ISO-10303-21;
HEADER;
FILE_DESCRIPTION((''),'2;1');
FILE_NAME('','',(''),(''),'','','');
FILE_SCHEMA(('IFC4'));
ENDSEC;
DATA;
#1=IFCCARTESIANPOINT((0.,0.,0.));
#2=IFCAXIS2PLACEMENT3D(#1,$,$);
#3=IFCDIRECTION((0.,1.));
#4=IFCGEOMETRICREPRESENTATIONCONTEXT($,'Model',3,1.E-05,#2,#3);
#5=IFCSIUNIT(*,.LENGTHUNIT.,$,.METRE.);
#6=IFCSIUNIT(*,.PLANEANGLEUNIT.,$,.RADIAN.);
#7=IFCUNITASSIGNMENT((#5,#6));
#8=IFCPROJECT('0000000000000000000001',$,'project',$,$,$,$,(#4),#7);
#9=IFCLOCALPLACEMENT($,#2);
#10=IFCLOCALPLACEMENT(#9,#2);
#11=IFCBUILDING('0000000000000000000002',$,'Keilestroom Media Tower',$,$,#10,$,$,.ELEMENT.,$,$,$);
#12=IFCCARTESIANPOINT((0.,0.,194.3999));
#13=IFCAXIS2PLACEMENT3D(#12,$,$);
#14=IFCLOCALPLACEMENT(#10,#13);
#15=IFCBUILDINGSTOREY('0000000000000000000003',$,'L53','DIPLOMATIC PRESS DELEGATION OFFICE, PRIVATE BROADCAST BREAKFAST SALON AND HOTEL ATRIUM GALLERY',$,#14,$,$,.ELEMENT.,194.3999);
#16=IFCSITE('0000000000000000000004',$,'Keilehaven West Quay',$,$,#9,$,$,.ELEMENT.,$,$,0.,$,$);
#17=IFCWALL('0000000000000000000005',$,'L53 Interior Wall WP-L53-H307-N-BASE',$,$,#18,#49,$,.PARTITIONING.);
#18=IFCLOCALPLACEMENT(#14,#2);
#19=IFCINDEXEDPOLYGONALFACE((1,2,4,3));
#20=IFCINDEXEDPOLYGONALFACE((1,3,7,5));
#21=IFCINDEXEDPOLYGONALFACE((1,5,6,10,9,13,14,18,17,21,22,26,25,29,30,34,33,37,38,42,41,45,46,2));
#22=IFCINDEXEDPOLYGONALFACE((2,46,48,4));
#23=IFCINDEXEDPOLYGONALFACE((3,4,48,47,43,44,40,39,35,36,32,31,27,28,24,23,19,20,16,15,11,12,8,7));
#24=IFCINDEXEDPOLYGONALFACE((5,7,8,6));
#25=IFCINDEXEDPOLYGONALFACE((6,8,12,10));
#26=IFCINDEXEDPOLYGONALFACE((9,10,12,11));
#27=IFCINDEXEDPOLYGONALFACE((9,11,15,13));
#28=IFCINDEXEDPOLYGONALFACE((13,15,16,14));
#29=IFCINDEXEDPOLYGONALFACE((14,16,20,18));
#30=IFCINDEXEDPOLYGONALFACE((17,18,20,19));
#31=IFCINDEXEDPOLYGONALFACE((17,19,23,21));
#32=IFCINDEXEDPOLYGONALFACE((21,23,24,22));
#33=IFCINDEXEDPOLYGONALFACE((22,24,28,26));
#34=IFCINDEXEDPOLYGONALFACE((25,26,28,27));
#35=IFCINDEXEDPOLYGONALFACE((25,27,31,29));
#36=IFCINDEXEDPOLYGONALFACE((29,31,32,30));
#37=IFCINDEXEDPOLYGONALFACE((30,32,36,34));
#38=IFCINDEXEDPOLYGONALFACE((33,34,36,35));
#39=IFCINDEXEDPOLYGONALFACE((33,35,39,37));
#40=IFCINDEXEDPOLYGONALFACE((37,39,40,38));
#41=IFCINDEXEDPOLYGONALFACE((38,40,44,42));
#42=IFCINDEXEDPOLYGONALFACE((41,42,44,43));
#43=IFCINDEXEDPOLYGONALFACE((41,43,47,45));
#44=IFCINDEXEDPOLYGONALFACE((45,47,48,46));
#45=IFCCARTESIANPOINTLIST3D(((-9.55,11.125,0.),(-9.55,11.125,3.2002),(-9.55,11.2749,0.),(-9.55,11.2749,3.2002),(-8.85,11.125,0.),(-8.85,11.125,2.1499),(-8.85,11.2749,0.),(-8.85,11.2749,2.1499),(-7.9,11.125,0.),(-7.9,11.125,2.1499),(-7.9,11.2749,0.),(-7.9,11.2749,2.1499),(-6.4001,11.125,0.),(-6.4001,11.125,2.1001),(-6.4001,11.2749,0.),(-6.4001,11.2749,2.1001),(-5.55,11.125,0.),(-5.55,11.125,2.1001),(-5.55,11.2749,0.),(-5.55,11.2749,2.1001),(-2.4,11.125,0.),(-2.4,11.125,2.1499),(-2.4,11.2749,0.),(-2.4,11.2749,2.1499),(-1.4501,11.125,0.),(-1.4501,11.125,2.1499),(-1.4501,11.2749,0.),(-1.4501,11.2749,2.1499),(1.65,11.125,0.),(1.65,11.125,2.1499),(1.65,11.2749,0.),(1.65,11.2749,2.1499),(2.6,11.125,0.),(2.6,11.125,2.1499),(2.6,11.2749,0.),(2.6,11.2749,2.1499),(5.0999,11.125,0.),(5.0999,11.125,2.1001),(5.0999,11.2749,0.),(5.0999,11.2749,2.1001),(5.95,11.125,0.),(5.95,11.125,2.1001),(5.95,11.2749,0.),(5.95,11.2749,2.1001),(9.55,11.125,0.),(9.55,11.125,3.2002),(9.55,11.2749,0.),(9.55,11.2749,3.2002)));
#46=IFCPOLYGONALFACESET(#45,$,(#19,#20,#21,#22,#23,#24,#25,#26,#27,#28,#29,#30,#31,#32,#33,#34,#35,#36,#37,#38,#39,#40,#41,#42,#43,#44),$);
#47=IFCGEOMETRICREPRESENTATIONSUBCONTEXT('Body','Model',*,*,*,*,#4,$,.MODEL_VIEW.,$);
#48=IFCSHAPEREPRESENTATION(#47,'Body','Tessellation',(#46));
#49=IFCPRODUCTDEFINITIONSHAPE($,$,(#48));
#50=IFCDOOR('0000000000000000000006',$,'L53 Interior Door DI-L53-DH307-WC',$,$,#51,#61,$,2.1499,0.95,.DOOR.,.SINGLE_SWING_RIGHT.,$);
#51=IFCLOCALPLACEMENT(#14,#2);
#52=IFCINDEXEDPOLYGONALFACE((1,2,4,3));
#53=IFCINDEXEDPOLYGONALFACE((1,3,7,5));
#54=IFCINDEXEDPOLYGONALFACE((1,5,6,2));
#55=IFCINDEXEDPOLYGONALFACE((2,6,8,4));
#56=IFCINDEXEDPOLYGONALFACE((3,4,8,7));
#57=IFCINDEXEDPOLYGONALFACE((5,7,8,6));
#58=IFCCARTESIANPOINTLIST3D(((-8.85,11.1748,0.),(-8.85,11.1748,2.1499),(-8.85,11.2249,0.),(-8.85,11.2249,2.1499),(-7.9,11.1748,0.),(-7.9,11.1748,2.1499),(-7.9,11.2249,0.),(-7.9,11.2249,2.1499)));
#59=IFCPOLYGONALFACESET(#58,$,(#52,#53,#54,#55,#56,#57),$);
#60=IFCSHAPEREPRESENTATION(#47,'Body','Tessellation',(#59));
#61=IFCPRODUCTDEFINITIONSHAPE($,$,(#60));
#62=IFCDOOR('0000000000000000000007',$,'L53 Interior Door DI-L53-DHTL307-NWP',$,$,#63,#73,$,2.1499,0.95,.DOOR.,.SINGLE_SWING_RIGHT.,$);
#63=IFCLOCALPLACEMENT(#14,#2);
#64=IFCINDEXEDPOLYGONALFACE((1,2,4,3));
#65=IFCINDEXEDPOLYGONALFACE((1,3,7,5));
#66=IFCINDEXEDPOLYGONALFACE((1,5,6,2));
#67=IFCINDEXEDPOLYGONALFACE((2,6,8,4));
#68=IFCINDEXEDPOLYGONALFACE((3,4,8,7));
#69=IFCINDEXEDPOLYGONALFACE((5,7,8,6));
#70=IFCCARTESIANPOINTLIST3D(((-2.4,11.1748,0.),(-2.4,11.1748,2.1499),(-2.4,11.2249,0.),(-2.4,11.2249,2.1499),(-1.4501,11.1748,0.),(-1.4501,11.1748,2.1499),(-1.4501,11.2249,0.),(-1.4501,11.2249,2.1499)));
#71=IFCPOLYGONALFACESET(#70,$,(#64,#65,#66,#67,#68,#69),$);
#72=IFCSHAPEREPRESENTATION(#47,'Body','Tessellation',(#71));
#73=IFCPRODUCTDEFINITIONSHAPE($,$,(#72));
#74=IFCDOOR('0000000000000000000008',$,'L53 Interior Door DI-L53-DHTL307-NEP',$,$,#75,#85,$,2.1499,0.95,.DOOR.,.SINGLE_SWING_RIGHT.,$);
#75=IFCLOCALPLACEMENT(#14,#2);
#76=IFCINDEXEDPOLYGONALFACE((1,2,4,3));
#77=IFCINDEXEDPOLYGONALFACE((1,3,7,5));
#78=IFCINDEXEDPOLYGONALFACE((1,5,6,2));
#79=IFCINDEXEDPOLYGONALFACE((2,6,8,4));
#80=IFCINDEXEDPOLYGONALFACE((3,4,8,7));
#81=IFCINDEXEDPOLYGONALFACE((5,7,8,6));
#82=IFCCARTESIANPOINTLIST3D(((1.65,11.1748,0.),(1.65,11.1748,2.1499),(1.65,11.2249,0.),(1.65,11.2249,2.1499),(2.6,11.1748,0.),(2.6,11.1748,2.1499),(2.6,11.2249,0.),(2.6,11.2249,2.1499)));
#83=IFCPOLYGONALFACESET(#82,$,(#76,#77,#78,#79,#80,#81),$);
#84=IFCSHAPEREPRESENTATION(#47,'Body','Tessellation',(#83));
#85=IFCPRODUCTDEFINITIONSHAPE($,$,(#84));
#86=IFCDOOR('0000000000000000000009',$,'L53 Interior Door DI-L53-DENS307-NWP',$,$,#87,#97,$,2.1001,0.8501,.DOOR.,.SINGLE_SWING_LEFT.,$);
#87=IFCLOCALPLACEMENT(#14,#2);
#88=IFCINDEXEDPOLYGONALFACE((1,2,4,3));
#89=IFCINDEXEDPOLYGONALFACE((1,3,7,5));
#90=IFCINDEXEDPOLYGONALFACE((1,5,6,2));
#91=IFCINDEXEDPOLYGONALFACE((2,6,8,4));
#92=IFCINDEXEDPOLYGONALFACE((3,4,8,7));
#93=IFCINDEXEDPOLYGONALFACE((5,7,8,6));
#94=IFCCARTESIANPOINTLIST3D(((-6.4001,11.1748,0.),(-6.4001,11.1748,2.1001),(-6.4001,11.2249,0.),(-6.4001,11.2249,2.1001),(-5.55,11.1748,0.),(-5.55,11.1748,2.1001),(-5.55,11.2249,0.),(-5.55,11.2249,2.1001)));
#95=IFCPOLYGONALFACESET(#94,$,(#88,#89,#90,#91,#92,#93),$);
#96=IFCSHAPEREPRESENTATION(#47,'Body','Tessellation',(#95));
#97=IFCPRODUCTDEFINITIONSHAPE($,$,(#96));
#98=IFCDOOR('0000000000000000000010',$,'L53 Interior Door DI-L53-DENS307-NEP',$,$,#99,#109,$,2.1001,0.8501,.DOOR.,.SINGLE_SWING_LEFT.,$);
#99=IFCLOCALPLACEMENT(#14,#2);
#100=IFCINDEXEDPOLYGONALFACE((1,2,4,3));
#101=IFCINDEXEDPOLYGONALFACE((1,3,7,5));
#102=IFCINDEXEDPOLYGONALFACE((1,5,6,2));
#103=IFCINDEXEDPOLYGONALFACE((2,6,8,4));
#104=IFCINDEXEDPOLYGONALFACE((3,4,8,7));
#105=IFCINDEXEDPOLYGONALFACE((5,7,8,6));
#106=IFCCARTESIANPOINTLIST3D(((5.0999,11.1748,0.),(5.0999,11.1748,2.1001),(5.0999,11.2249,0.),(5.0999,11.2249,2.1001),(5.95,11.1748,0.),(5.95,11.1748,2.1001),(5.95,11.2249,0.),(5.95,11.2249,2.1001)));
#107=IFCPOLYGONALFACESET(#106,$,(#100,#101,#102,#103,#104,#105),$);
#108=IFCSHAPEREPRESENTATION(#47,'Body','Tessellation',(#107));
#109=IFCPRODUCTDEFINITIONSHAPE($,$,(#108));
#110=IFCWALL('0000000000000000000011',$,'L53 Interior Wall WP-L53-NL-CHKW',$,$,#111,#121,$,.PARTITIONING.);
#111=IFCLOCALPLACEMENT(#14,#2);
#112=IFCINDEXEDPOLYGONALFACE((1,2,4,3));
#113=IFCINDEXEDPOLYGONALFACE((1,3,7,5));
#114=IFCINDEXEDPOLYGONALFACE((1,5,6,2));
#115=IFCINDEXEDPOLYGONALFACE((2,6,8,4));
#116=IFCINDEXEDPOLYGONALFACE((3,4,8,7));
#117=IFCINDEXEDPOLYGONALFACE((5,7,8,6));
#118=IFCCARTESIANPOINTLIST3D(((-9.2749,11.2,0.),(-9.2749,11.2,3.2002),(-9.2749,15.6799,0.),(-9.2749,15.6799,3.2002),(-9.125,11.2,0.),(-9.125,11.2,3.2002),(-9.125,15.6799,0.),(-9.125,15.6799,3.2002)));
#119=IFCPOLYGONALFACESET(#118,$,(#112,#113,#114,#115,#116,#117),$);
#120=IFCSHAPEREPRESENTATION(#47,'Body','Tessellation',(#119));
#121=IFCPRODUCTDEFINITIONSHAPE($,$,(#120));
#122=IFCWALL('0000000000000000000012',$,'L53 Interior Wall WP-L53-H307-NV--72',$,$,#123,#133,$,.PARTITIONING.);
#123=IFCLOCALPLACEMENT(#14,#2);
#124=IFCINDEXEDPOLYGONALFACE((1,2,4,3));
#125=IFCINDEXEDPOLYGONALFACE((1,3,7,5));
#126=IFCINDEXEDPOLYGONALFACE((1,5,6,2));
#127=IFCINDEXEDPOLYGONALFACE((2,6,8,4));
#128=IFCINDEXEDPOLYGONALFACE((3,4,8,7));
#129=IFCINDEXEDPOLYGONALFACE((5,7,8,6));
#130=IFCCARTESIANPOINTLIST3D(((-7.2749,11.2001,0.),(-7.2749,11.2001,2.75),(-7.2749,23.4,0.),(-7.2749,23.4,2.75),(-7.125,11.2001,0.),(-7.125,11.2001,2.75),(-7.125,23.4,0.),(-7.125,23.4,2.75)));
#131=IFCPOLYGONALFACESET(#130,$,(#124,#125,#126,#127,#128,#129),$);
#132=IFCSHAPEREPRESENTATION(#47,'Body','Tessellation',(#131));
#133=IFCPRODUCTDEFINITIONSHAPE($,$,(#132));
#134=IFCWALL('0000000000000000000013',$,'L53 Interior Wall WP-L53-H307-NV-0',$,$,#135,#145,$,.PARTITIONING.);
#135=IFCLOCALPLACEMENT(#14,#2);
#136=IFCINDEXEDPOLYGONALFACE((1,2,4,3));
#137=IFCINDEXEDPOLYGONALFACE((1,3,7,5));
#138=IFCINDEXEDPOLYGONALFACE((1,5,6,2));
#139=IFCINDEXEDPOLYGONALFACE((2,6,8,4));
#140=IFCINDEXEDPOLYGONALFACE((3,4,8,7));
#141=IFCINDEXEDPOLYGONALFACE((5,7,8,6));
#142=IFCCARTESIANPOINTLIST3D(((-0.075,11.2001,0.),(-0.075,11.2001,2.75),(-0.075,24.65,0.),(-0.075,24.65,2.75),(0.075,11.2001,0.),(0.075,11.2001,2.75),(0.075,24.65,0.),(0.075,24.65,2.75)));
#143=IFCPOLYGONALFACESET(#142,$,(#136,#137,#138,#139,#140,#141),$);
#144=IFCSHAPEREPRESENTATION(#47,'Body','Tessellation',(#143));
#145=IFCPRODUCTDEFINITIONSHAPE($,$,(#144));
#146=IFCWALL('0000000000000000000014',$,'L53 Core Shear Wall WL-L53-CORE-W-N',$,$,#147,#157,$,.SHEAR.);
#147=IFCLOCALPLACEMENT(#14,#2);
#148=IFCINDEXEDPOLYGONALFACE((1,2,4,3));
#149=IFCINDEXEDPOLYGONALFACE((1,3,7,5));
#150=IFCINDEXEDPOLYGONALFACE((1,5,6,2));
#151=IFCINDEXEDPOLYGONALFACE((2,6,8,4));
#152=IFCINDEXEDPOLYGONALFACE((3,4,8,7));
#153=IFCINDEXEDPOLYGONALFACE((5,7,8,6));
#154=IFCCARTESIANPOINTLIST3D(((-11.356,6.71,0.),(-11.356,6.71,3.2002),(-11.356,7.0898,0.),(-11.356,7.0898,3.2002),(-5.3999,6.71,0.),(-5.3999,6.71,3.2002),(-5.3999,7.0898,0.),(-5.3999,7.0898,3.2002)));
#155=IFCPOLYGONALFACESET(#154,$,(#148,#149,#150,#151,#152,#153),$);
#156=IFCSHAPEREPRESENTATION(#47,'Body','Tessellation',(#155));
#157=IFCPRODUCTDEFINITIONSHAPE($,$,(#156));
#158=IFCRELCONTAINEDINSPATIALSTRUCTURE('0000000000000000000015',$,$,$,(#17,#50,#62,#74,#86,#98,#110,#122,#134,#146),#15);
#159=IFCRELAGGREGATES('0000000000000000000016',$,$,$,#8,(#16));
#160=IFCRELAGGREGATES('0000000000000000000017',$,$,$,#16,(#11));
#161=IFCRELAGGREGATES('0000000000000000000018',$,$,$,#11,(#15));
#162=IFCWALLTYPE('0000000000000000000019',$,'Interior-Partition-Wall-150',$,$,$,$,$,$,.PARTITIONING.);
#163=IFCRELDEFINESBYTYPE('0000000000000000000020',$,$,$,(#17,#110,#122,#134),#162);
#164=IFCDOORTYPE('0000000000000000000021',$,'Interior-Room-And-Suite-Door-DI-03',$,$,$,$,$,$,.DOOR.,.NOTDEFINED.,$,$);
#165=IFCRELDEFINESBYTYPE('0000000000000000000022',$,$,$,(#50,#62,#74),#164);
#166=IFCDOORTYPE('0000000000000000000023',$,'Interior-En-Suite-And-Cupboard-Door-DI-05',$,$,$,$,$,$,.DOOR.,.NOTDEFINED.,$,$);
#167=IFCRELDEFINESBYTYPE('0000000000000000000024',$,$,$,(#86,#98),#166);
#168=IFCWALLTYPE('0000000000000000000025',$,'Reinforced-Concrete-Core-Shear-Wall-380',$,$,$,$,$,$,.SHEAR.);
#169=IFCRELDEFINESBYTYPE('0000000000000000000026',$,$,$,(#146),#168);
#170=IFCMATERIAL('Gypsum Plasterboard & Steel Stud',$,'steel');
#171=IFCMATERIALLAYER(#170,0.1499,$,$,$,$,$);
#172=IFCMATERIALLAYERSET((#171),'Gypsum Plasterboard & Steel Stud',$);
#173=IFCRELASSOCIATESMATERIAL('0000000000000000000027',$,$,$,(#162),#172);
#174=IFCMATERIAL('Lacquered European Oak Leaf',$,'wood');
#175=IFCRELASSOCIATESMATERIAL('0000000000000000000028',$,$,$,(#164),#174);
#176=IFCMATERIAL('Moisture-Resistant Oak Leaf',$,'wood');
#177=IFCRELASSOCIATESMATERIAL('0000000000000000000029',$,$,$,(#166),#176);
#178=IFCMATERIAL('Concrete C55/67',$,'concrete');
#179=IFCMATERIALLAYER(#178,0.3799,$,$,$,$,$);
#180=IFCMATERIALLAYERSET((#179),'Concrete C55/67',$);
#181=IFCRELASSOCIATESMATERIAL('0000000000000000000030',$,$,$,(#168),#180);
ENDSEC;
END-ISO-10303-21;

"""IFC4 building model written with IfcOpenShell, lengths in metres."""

from ifc_helpers import new_model, si_unit, direction, frame, frame_2d, origin, place, context, subcontext, project, spatial, rectangle, extrude, source, transform, mapped, material, layer, layer_set, type_object, element, fill, save


model = new_model("IFC4")

# Units and contexts
model_context = context("Model", 3, precision=1e-05, world=origin(), true_north=direction((0.0, 1.0)))
body_context = subcontext(model_context, "Body", "Model", "MODEL_VIEW")
ifc_project = project(units=[si_unit("LENGTHUNIT", "METRE"), si_unit("PLANEANGLEUNIT", "RADIAN")], contexts=[model_context])

# Site, building, storey
site_placement = place(None, origin())
site = spatial("IfcSite", under=ifc_project, at=site_placement, Name="Keilehaven West Quay", CompositionType="ELEMENT", RefElevation=0.0)
building_placement = place(site_placement, origin())
building = spatial("IfcBuilding", under=site, at=building_placement, Name="Keilestroom Media Tower", CompositionType="ELEMENT")
storey_placement = place(building_placement, frame((0.0, 0.0, 194.3999)))
storey = spatial("IfcBuildingStorey", under=building, at=storey_placement, Name="L53", Description="DIPLOMATIC PRESS DELEGATION OFFICE, PRIVATE BROADCAST BREAKFAST SALON AND HOTEL ATRIUM GALLERY", CompositionType="ELEMENT", Elevation=194.3999)

# Shared definitions
ifc_material_1 = material(Name="Concrete C55/67", Category="concrete")

# Shared definitions
ifc_material_2 = material(Name="Gypsum Plasterboard & Steel Stud", Category="steel")

# Wall, openings, doors
ifc_layer_1 = layer(ifc_material_2, 0.1499)
ifc_layer_set_1 = layer_set([ifc_layer_1], Name="Gypsum Plasterboard & Steel Stud")
wall_type_1 = type_object("IfcWallType", Name="Interior-Partition-Wall-150", PredefinedType="PARTITIONING", material=ifc_layer_set_1)
wall_1_placement = place(storey_placement, frame((-9.55, 11.2, 0.0), z_axis=(0.0, 0.0, 1.0), x_axis=(1.0, 0.0, 0.0)))
wall_1 = element("IfcWall", 1, at=wall_1_placement, inside=storey, type_object=wall_type_1, Name="L53 Interior Wall WP-L53-H307-N-BASE", PredefinedType="PARTITIONING", context=body_context, shape_type="SweptSolid", body=[
    extrude(rectangle(XDim=19.1001, YDim=0.1499, at=frame_2d((9.55, 0.0))), origin(), (0.0, 0.0, 1.0), 3.2002),
])
opening_1_placement = place(wall_1_placement, frame((0.7, 0.0, 0.0)))
opening_1 = element("IfcOpeningElement", 2, at=opening_1_placement, cuts=wall_1, PredefinedType="OPENING", context=body_context, shape_type="SweptSolid", body=[
    extrude(rectangle(XDim=0.95, YDim=2.1499, at=frame_2d((0.4751, 1.075))), frame((0.0, 0.085, 0.0), z_axis=(0.0, -1.0, 0.0), x_axis=(1.0, 0.0, 0.0)), (0.0, 0.0, 1.0), 0.1699),
])
opening_2_placement = place(wall_1_placement, frame((3.1499, 0.0, 0.0)))
opening_2 = element("IfcOpeningElement", 3, at=opening_2_placement, cuts=wall_1, PredefinedType="OPENING", context=body_context, shape_type="SweptSolid", body=[
    extrude(rectangle(XDim=0.8501, YDim=2.1001, at=frame_2d((0.425, 1.05))), frame((0.0, 0.085, 0.0), z_axis=(0.0, -1.0, 0.0), x_axis=(1.0, 0.0, 0.0)), (0.0, 0.0, 1.0), 0.1699),
])
opening_3_placement = place(wall_1_placement, frame((7.1499, 0.0, 0.0)))
opening_3 = element("IfcOpeningElement", 4, at=opening_3_placement, cuts=wall_1, PredefinedType="OPENING", context=body_context, shape_type="SweptSolid", body=[
    extrude(rectangle(XDim=0.95, YDim=2.1499, at=frame_2d((0.4751, 1.075))), frame((0.0, 0.085, 0.0), z_axis=(0.0, -1.0, 0.0), x_axis=(1.0, 0.0, 0.0)), (0.0, 0.0, 1.0), 0.1699),
])
opening_4_placement = place(wall_1_placement, frame((14.6499, 0.0, 0.0)))
opening_4 = element("IfcOpeningElement", 5, at=opening_4_placement, cuts=wall_1, PredefinedType="OPENING", context=body_context, shape_type="SweptSolid", body=[
    extrude(rectangle(XDim=0.8501, YDim=2.1001, at=frame_2d((0.425, 1.05))), frame((0.0, 0.085, 0.0), z_axis=(0.0, -1.0, 0.0), x_axis=(1.0, 0.0, 0.0)), (0.0, 0.0, 1.0), 0.1699),
])
opening_5_placement = place(wall_1_placement, frame((11.2, 0.0, 0.0)))
opening_5 = element("IfcOpeningElement", 6, at=opening_5_placement, cuts=wall_1, PredefinedType="OPENING", context=body_context, shape_type="SweptSolid", body=[
    extrude(rectangle(XDim=0.95, YDim=2.1499, at=frame_2d((0.4751, 1.075))), frame((0.0, 0.085, 0.0), z_axis=(0.0, -1.0, 0.0), x_axis=(1.0, 0.0, 0.0)), (0.0, 0.0, 1.0), 0.1699),
])
ifc_material_3 = material(Name="Lacquered European Oak Leaf", Category="wood")
door_type_1 = type_object("IfcDoorType", Name="Interior-Room-And-Suite-Door-DI-03", OperationType="NOTDEFINED", PredefinedType="DOOR", material=ifc_material_3)
shared_shape_1 = source(origin(), body_context, "Body", "SweptSolid", [
    extrude(rectangle(XDim=0.95, YDim=2.1499, at=frame_2d((0.4751, 1.075))), frame((0.0, 0.0249, 0.0), z_axis=(0.0, -1.0, 0.0), x_axis=(1.0, 0.0, 0.0)), (0.0, 0.0, 1.0), 0.05),
])
door_1_placement = place(opening_1_placement, origin())
door_1 = element("IfcDoor", 7, at=door_1_placement, inside=storey, type_object=door_type_1, Name="L53 Interior Door DI-L53-DH307-WC", OperationType="SINGLE_SWING_RIGHT", OverallHeight=2.1499, OverallWidth=0.95, PredefinedType="DOOR", context=body_context, shape_type="MappedRepresentation", body=[
    mapped(shared_shape_1, transform((0.0, 0.0, 0.0), x_axis=(1.0, 0.0, 0.0), y_axis=(0.0, 1.0, 0.0), z_axis=(0.0, 0.0, 1.0), scale=1.0)),
])
fill(opening_1, door_1)
door_2_placement = place(opening_3_placement, origin())
door_2 = element("IfcDoor", 8, at=door_2_placement, inside=storey, type_object=door_type_1, Name="L53 Interior Door DI-L53-DHTL307-NWP", OperationType="SINGLE_SWING_RIGHT", OverallHeight=2.1499, OverallWidth=0.95, PredefinedType="DOOR", context=body_context, shape_type="MappedRepresentation", body=[
    mapped(shared_shape_1, transform((0.0, 0.0, 0.0), x_axis=(1.0, 0.0, 0.0), y_axis=(0.0, 1.0, 0.0), z_axis=(0.0, 0.0, 1.0), scale=1.0)),
])
fill(opening_3, door_2)
door_3_placement = place(opening_5_placement, origin())
door_3 = element("IfcDoor", 9, at=door_3_placement, inside=storey, type_object=door_type_1, Name="L53 Interior Door DI-L53-DHTL307-NEP", OperationType="SINGLE_SWING_RIGHT", OverallHeight=2.1499, OverallWidth=0.95, PredefinedType="DOOR", context=body_context, shape_type="MappedRepresentation", body=[
    mapped(shared_shape_1, transform((0.0, 0.0, 0.0), x_axis=(1.0, 0.0, 0.0), y_axis=(0.0, 1.0, 0.0), z_axis=(0.0, 0.0, 1.0), scale=1.0)),
])
fill(opening_5, door_3)
ifc_material_4 = material(Name="Moisture-Resistant Oak Leaf", Category="wood")
door_type_2 = type_object("IfcDoorType", Name="Interior-En-Suite-And-Cupboard-Door-DI-05", OperationType="NOTDEFINED", PredefinedType="DOOR", material=ifc_material_4)
shared_shape_2 = source(origin(), body_context, "Body", "SweptSolid", [
    extrude(rectangle(XDim=0.8501, YDim=2.1001, at=frame_2d((0.425, 1.05))), frame((0.0, 0.0249, 0.0), z_axis=(0.0, -1.0, 0.0), x_axis=(1.0, 0.0, 0.0)), (0.0, 0.0, 1.0), 0.05),
])
door_4_placement = place(opening_2_placement, origin())
door_4 = element("IfcDoor", 10, at=door_4_placement, inside=storey, type_object=door_type_2, Name="L53 Interior Door DI-L53-DENS307-NWP", OperationType="SINGLE_SWING_LEFT", OverallHeight=2.1001, OverallWidth=0.8501, PredefinedType="DOOR", context=body_context, shape_type="MappedRepresentation", body=[
    mapped(shared_shape_2, transform((0.0, 0.0, 0.0), x_axis=(1.0, 0.0, 0.0), y_axis=(0.0, 1.0, 0.0), z_axis=(0.0, 0.0, 1.0), scale=1.0)),
])
fill(opening_2, door_4)
door_5_placement = place(opening_4_placement, origin())
door_5 = element("IfcDoor", 11, at=door_5_placement, inside=storey, type_object=door_type_2, Name="L53 Interior Door DI-L53-DENS307-NEP", OperationType="SINGLE_SWING_LEFT", OverallHeight=2.1001, OverallWidth=0.8501, PredefinedType="DOOR", context=body_context, shape_type="MappedRepresentation", body=[
    mapped(shared_shape_2, transform((0.0, 0.0, 0.0), x_axis=(1.0, 0.0, 0.0), y_axis=(0.0, 1.0, 0.0), z_axis=(0.0, 0.0, 1.0), scale=1.0)),
])
fill(opening_4, door_5)

# Walls
wall_2_placement = place(storey_placement, frame((-9.2, 11.2, 0.0), z_axis=(0.0, 0.0, 1.0), x_axis=(0.0, 1.0, 0.0)))
element("IfcWall", 12, at=wall_2_placement, inside=storey, type_object=wall_type_1, Name="L53 Interior Wall WP-L53-NL-CHKW", PredefinedType="PARTITIONING", context=body_context, shape_type="SweptSolid", body=[
    extrude(rectangle(XDim=4.48, YDim=0.1499, at=frame_2d((2.24, 0.0))), origin(), (0.0, 0.0, 1.0), 3.2002),
])
wall_3_placement = place(storey_placement, frame((-7.2, 11.2, 0.0), z_axis=(0.0, 0.0, 1.0), x_axis=(0.0, 1.0, 0.0)))
element("IfcWall", 13, at=wall_3_placement, inside=storey, type_object=wall_type_1, Name="L53 Interior Wall WP-L53-H307-NV--72", PredefinedType="PARTITIONING", context=body_context, shape_type="SweptSolid", body=[
    extrude(rectangle(XDim=12.2, YDim=0.1499, at=frame_2d((6.1001, 0.0))), origin(), (0.0, 0.0, 1.0), 2.75),
])
wall_4_placement = place(storey_placement, frame((0.0, 11.2, 0.0), z_axis=(0.0, 0.0, 1.0), x_axis=(0.0, 1.0, 0.0)))
element("IfcWall", 14, at=wall_4_placement, inside=storey, type_object=wall_type_1, Name="L53 Interior Wall WP-L53-H307-NV-0", PredefinedType="PARTITIONING", context=body_context, shape_type="SweptSolid", body=[
    extrude(rectangle(XDim=13.45, YDim=0.1499, at=frame_2d((6.7251, 0.0))), origin(), (0.0, 0.0, 1.0), 2.75),
])
ifc_layer_2 = layer(ifc_material_1, 0.3799)
ifc_layer_set_2 = layer_set([ifc_layer_2], Name="Concrete C55/67")
wall_type_2 = type_object("IfcWallType", Name="Reinforced-Concrete-Core-Shear-Wall-380", PredefinedType="SHEAR", material=ifc_layer_set_2)
wall_5_placement = place(storey_placement, frame((-11.356, 6.8999, 0.0), z_axis=(0.0, 0.0, 1.0), x_axis=(1.0, 0.0, 0.0)))
element("IfcWall", 15, at=wall_5_placement, inside=storey, type_object=wall_type_2, Name="L53 Core Shear Wall WL-L53-CORE-W-N", PredefinedType="SHEAR", context=body_context, shape_type="SweptSolid", body=[
    extrude(rectangle(XDim=5.9561, YDim=0.3799, at=frame_2d((2.978, 0.0))), origin(), (0.0, 0.0, 1.0), 3.2002),
])

save(model, "model.ifc")
